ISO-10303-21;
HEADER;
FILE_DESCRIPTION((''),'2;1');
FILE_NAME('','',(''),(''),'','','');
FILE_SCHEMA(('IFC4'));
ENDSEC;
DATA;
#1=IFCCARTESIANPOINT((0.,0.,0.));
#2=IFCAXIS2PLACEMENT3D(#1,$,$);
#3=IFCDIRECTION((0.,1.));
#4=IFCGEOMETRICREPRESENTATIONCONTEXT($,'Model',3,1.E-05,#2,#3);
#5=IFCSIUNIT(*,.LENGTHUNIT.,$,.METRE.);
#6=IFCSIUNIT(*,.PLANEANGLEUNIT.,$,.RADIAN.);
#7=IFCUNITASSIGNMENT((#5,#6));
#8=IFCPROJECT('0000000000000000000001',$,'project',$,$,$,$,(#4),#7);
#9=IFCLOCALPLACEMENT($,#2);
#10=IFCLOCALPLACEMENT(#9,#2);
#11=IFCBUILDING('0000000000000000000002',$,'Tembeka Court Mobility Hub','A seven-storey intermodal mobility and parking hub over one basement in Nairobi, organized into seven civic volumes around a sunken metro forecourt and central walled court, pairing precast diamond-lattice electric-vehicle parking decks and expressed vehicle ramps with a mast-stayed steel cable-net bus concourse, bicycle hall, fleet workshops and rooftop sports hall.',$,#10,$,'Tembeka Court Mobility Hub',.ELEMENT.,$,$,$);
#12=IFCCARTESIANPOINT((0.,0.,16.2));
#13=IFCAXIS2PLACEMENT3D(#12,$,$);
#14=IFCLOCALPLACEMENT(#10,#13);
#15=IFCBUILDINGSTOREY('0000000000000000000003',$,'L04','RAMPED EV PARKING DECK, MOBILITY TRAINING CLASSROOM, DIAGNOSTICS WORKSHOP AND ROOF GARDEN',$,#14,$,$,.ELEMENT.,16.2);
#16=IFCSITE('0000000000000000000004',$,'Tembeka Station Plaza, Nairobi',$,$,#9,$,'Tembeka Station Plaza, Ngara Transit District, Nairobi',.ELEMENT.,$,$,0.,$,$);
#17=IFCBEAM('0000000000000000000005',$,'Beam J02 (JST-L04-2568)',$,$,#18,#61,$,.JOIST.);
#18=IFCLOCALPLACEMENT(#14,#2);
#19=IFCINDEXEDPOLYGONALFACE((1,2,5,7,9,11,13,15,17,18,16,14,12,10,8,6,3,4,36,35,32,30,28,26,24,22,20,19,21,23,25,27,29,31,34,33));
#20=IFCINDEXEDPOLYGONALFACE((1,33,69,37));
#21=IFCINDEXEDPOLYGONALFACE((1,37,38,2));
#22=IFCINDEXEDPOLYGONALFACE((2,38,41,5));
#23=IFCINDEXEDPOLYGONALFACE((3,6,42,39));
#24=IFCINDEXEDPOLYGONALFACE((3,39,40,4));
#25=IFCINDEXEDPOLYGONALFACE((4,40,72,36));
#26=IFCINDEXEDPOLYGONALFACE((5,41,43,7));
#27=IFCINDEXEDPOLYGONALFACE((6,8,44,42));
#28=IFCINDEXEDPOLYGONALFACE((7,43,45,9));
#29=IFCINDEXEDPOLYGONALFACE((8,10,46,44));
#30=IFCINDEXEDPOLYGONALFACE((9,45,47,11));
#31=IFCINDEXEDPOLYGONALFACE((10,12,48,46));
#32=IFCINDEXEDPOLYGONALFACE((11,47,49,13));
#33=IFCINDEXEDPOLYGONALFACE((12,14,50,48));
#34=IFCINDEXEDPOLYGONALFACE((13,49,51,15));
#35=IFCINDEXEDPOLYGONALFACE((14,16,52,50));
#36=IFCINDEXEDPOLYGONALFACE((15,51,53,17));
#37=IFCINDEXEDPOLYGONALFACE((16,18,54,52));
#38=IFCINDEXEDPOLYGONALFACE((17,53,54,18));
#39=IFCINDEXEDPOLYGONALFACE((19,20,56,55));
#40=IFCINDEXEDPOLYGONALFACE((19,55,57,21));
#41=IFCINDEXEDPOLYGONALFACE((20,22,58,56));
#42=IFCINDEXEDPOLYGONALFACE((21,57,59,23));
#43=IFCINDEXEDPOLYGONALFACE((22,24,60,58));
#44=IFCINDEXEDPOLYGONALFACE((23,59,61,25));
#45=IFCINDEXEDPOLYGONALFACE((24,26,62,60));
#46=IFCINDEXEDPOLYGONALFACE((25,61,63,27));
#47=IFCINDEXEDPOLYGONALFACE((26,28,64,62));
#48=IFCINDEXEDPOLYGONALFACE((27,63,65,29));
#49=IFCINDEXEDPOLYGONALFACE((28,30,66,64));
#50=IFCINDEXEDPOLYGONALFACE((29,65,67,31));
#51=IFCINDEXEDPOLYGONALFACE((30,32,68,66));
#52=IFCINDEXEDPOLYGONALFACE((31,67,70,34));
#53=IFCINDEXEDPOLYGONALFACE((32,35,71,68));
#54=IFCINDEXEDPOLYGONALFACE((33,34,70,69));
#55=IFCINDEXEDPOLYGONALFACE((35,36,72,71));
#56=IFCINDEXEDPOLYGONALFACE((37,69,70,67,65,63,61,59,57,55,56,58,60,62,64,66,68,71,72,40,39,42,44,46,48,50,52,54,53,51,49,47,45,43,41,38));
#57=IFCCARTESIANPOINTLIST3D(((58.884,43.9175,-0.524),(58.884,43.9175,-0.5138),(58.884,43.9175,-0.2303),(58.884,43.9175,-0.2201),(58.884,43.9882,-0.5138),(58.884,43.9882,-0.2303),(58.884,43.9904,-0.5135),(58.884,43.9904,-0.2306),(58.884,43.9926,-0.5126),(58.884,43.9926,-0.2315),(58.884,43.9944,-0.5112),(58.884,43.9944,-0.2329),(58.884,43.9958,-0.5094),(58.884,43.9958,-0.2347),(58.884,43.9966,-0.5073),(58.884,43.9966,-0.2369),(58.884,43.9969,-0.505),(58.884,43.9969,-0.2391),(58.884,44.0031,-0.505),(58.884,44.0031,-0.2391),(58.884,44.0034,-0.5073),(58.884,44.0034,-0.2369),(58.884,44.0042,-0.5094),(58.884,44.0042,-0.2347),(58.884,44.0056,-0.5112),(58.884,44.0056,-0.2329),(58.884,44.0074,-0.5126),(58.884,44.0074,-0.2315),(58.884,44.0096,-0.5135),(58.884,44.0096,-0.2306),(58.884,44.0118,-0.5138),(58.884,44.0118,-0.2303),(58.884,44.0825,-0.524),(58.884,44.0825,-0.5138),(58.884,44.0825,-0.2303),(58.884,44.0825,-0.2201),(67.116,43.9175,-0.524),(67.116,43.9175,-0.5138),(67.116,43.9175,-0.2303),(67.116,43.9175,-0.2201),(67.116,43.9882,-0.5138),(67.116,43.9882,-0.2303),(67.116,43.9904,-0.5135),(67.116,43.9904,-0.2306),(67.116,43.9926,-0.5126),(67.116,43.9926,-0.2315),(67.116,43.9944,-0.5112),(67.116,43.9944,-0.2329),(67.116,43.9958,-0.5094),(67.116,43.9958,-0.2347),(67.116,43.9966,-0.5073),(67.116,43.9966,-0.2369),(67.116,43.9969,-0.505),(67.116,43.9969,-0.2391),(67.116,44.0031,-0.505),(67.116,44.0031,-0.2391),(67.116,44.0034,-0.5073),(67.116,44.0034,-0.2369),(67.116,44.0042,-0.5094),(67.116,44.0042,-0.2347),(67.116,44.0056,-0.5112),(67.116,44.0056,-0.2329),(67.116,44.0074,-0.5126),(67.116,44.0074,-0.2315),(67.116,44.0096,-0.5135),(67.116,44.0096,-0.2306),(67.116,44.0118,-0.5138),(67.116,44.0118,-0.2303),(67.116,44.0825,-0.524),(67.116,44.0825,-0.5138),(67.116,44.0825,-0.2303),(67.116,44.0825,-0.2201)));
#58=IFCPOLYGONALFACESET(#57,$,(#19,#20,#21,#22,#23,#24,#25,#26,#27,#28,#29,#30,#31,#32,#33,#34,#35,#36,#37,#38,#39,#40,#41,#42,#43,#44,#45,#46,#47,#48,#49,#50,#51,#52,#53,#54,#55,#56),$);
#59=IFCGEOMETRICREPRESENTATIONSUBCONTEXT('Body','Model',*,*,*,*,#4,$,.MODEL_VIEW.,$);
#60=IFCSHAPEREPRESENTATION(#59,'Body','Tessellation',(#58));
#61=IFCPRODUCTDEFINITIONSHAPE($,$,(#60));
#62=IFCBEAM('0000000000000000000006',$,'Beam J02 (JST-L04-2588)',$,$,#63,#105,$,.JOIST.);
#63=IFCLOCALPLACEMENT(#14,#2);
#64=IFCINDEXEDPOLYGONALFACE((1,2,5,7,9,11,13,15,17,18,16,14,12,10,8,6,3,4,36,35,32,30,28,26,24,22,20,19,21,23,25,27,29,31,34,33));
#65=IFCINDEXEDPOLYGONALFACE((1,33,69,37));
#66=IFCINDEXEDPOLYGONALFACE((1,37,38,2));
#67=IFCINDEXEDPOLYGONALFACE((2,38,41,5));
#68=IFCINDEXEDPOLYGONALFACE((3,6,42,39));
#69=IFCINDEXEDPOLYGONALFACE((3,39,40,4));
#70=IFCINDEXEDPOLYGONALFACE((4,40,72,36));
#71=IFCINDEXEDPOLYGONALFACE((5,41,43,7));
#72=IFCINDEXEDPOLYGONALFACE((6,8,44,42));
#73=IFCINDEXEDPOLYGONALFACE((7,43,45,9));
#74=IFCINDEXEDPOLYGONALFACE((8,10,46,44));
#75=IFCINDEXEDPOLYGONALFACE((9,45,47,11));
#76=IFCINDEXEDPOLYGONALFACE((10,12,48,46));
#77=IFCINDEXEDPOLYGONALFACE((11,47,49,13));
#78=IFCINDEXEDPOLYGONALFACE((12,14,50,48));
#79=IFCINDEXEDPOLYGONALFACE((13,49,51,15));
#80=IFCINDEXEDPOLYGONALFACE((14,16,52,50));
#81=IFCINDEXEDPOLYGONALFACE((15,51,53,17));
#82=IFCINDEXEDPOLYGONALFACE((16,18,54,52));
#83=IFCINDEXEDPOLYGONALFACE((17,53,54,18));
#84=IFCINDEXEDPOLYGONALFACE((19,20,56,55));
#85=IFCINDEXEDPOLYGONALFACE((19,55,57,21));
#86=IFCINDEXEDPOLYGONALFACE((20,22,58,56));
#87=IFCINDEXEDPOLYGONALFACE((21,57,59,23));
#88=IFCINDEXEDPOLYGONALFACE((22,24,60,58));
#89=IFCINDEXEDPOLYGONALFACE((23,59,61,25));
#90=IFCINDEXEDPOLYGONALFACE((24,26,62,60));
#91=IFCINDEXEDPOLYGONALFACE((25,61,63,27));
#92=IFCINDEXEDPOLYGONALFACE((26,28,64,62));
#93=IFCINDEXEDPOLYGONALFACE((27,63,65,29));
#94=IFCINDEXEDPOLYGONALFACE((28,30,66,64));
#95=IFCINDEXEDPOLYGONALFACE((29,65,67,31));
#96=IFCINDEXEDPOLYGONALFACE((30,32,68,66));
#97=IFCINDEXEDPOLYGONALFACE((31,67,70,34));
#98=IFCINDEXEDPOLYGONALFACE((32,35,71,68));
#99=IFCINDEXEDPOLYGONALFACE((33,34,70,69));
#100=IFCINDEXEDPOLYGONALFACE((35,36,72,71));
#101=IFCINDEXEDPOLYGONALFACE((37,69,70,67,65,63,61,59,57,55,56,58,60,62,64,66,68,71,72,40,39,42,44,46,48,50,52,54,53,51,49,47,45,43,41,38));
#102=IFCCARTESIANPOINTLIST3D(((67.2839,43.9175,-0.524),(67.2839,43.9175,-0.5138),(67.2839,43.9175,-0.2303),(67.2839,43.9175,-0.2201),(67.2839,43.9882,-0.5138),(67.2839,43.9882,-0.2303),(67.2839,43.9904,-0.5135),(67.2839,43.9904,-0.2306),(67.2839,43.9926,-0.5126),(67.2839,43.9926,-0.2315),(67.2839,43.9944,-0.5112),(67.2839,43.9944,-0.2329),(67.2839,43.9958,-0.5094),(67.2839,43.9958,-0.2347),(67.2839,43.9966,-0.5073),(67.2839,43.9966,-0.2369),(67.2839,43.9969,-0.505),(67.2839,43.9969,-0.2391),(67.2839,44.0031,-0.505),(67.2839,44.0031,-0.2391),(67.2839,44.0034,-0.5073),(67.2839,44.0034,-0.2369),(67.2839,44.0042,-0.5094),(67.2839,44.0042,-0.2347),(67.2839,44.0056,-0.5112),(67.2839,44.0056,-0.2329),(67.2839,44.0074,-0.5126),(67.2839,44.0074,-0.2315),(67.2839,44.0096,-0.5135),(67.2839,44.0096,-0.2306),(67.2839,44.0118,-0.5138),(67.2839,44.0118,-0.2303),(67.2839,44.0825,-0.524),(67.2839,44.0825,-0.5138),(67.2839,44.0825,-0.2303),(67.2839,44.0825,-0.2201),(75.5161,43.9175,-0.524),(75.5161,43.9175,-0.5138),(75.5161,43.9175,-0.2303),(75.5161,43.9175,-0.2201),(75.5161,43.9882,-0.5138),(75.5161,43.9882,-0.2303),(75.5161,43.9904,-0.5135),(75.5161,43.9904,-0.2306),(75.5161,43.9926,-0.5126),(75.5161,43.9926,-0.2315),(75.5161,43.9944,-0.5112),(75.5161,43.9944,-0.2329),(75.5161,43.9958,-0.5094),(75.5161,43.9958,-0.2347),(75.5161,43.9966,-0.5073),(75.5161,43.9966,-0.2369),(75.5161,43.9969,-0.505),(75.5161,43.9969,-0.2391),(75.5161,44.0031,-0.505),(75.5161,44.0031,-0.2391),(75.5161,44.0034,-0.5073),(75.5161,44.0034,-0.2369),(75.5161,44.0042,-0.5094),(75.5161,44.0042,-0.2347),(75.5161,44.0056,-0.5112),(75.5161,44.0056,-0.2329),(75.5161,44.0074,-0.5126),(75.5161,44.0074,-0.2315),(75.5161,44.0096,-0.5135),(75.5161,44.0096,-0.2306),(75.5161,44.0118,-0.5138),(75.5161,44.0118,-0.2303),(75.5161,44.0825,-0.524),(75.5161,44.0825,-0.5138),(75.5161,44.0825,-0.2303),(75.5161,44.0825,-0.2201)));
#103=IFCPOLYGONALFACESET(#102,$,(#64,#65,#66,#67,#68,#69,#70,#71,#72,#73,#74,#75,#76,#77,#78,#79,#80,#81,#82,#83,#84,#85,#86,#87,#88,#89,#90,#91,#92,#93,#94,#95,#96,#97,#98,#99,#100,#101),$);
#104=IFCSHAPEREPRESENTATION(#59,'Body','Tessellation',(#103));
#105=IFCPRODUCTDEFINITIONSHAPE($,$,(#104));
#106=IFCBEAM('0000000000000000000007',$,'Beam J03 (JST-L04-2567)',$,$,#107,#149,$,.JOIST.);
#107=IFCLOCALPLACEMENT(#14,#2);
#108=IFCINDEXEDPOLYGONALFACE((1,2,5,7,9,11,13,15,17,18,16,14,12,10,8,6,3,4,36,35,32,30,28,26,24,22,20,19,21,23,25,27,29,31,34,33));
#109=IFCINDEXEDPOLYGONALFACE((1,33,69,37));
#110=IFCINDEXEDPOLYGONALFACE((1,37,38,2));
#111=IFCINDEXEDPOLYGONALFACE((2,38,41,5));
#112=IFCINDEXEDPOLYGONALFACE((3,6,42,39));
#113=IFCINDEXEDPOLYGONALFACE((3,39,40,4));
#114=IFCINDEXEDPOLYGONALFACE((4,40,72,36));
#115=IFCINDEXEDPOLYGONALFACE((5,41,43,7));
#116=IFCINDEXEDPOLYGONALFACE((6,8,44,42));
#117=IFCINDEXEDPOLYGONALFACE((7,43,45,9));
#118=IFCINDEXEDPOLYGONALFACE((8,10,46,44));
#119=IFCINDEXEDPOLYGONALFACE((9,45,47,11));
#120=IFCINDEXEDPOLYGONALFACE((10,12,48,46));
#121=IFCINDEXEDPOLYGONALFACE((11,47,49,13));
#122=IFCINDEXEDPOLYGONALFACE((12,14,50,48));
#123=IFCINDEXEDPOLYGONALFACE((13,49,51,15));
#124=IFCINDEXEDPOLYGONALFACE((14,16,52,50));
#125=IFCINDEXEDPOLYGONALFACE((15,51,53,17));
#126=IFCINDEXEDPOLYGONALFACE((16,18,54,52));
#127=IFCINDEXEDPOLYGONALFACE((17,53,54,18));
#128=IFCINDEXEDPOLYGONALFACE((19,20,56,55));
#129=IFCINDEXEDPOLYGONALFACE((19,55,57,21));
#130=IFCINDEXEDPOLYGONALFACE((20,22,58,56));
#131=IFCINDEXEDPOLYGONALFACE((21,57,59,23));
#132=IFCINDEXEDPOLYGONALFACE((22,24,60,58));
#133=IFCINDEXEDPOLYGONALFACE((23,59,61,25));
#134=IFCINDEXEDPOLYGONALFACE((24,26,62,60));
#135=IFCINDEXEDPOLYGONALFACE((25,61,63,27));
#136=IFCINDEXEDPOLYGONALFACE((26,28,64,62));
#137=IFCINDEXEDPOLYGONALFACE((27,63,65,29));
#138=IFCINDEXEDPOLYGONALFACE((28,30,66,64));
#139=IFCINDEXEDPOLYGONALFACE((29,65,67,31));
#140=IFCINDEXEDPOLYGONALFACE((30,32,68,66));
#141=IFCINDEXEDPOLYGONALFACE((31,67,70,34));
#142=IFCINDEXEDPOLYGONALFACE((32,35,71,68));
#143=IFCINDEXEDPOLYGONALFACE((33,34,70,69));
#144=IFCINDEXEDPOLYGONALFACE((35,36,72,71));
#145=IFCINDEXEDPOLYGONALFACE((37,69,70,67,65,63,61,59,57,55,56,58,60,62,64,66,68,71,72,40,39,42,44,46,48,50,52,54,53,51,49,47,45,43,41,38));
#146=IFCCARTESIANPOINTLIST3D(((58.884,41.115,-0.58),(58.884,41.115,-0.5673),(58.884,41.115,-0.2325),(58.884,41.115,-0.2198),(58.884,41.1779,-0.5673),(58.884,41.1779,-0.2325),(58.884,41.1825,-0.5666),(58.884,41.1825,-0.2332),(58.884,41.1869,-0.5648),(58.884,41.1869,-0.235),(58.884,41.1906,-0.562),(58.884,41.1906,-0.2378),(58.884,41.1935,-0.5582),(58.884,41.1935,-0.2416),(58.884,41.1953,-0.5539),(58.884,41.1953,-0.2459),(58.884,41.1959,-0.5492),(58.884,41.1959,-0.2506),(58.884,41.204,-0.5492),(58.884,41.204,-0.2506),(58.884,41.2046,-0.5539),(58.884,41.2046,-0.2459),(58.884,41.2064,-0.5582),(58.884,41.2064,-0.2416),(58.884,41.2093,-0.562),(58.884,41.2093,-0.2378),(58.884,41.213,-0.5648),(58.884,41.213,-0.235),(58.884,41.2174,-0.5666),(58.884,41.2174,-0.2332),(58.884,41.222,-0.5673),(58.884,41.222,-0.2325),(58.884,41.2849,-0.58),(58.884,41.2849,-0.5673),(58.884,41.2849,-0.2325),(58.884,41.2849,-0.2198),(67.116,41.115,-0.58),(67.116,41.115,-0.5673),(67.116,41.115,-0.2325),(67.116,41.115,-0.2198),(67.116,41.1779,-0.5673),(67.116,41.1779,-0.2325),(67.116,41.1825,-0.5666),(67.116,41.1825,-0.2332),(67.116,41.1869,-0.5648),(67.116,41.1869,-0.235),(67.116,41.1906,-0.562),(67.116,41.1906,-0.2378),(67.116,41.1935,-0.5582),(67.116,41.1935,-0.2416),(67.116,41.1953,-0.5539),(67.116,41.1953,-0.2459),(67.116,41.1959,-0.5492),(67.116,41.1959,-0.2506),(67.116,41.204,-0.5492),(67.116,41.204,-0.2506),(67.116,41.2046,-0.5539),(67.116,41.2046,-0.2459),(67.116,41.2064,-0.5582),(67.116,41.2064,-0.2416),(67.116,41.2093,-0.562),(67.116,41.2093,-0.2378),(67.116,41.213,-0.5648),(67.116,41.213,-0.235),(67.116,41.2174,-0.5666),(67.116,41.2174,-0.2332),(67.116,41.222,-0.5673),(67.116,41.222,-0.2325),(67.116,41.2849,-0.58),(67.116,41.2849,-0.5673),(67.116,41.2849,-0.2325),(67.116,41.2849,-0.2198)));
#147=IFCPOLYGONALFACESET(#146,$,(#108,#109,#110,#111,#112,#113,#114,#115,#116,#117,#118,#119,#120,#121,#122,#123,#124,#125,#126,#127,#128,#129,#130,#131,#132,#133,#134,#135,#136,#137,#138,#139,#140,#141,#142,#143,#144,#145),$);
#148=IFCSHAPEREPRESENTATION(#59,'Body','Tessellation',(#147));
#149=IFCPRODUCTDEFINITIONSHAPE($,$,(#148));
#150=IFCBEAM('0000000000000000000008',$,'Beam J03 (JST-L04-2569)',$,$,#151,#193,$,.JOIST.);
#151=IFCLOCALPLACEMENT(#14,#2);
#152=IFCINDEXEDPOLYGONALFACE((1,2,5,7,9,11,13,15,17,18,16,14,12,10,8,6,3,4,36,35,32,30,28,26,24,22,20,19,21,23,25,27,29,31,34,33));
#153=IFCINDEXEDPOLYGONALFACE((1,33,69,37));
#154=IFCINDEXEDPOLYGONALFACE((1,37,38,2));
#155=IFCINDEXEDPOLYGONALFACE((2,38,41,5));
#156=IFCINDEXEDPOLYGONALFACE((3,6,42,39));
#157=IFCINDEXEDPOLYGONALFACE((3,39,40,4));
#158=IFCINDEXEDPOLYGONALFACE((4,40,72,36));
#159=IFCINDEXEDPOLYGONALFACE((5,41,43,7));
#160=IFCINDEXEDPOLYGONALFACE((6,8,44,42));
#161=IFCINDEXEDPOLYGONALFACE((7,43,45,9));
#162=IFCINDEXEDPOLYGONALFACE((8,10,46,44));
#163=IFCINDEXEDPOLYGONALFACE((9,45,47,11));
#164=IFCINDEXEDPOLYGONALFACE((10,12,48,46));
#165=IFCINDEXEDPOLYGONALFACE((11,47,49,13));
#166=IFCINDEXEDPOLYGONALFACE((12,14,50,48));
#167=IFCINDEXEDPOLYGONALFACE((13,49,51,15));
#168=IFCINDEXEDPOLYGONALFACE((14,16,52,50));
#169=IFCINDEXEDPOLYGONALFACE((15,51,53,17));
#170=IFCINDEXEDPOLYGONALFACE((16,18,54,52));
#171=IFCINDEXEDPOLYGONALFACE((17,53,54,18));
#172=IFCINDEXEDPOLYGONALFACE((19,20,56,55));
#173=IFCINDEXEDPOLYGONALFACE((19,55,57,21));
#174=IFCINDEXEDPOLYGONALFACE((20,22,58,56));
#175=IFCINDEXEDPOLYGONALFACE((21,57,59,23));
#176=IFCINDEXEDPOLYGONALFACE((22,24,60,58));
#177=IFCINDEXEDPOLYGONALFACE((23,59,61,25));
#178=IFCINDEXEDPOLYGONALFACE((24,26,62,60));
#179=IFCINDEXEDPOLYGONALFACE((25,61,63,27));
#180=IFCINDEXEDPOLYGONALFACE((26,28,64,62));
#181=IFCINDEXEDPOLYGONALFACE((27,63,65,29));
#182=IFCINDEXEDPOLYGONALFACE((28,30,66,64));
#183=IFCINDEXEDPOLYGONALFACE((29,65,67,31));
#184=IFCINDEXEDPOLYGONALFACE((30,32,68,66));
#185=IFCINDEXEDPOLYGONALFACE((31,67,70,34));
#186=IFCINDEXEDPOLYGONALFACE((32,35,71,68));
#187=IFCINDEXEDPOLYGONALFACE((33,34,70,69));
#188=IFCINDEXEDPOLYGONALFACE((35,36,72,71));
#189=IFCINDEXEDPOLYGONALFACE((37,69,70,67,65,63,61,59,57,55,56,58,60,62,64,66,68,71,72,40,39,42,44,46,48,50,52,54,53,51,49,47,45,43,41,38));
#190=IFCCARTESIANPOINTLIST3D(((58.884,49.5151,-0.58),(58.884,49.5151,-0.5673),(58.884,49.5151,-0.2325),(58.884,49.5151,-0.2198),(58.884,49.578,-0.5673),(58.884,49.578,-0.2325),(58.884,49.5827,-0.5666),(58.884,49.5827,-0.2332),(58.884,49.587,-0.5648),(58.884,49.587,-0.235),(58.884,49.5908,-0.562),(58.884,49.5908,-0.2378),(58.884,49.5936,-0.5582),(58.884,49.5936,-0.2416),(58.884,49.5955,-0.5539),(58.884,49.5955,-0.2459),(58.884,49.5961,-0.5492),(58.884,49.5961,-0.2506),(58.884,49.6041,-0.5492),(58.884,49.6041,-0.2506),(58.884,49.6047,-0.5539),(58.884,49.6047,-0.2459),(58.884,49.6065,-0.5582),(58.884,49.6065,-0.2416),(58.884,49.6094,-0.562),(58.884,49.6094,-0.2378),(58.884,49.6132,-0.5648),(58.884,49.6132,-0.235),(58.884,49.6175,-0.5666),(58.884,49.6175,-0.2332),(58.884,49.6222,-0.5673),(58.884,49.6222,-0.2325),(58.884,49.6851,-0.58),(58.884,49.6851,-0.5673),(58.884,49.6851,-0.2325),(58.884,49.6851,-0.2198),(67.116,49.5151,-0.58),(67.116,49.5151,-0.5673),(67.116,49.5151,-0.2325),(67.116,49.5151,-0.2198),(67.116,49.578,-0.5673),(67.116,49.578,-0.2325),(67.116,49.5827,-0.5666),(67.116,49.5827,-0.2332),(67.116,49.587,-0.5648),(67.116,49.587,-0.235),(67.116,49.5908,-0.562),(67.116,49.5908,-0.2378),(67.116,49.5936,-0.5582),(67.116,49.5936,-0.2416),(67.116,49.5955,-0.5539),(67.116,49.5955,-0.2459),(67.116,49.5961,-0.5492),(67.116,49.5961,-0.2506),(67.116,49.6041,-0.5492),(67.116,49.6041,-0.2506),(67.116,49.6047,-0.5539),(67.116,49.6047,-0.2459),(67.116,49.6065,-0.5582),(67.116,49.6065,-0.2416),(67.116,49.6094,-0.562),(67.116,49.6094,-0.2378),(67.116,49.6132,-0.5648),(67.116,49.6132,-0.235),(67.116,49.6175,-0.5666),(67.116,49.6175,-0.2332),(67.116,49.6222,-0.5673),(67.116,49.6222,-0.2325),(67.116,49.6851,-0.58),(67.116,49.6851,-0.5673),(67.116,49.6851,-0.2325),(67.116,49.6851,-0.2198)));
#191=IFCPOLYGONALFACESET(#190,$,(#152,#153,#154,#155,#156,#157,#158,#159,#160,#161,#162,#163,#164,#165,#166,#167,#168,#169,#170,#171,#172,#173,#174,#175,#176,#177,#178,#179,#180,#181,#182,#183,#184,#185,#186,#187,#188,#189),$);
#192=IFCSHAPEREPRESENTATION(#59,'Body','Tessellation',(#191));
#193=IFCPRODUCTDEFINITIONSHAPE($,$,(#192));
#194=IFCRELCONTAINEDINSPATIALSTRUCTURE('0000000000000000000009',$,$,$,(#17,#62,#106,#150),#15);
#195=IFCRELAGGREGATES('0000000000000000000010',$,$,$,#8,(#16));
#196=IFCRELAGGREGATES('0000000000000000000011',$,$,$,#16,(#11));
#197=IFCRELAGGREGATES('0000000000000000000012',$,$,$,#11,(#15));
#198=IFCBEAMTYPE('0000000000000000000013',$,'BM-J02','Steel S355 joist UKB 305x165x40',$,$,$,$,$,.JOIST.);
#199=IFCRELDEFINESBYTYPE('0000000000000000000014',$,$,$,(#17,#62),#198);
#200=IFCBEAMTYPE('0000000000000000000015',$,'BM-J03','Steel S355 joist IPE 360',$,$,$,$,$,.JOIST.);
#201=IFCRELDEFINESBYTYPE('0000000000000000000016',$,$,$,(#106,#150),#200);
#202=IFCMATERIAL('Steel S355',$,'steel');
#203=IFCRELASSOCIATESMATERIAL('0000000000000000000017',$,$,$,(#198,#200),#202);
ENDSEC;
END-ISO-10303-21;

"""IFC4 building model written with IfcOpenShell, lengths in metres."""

from ifc_helpers import new_model, si_unit, direction, frame, origin, origin_2d, place, context, subcontext, project, spatial, i_section, extrude, material, material_profile, profile_set, type_object, element, save


model = new_model("IFC4")

# Units and contexts
model_context = context("Model", 3, precision=1e-05, world=origin(), true_north=direction((0.0, 1.0)))
body_context = subcontext(model_context, "Body", "Model", "MODEL_VIEW")
ifc_project = project(units=[si_unit("LENGTHUNIT", "METRE"), si_unit("PLANEANGLEUNIT", "RADIAN")], contexts=[model_context])

# Site, building, storey
site_placement = place(None, origin())
site = spatial("IfcSite", under=ifc_project, at=site_placement, Name="Tembeka Station Plaza, Nairobi", LongName="Tembeka Station Plaza, Ngara Transit District, Nairobi", CompositionType="ELEMENT", RefElevation=0.0)
building_placement = place(site_placement, origin())
building = spatial("IfcBuilding", under=site, at=building_placement, Name="Tembeka Court Mobility Hub", Description="A seven-storey intermodal mobility and parking hub over one basement in Nairobi, organized into seven civic volumes around a sunken metro forecourt and central walled court, pairing precast diamond-lattice electric-vehicle parking decks and expressed vehicle ramps with a mast-stayed steel cable-net bus concourse, bicycle hall, fleet workshops and rooftop sports hall.", LongName="Tembeka Court Mobility Hub", CompositionType="ELEMENT")
storey_placement = place(building_placement, frame((0.0, 0.0, 16.2)))
storey = spatial("IfcBuildingStorey", under=building, at=storey_placement, Name="L04", Description="RAMPED EV PARKING DECK, MOBILITY TRAINING CLASSROOM, DIAGNOSTICS WORKSHOP AND ROOF GARDEN", CompositionType="ELEMENT", Elevation=16.2)

# Shared definitions
ifc_material_1 = material(Name="Steel S355", Category="steel")

# Beams
ifc_material_profile_1 = material_profile(ifc_material_1, i_section(OverallWidth=0.165, OverallDepth=0.304, WebThickness=0.0061, FlangeThickness=0.0103, FilletRadius=0.0088, at=origin_2d()), Name="UKB 305x165x40")
ifc_profile_set_1 = profile_set([ifc_material_profile_1], Name="Steel S355")
beam_type_1 = type_object("IfcBeamType", Name="BM-J02", Description="Steel S355 joist UKB 305x165x40", PredefinedType="JOIST", material=ifc_profile_set_1)
beam_1_placement = place(storey_placement, frame((58.884, 44.0, -0.3721), z_axis=(1.0, 0.0, 0.0), x_axis=(0.0, 1.0, 0.0)))
element("IfcBeam", 1, at=beam_1_placement, inside=storey, type_object=beam_type_1, Name="Beam J02 (JST-L04-2568)", PredefinedType="JOIST", context=body_context, shape_type="SweptSolid", body=[
    extrude(i_section(OverallWidth=0.165, OverallDepth=0.304, WebThickness=0.0061, FlangeThickness=0.0103, FilletRadius=0.0088, at=origin_2d()), origin(), (0.0, 0.0, 1.0), 8.2319),
])
beam_2_placement = place(storey_placement, frame((67.2839, 44.0, -0.3721), z_axis=(1.0, 0.0, 0.0), x_axis=(0.0, 1.0, 0.0)))
element("IfcBeam", 2, at=beam_2_placement, inside=storey, type_object=beam_type_1, Name="Beam J02 (JST-L04-2588)", PredefinedType="JOIST", context=body_context, shape_type="SweptSolid", body=[
    extrude(i_section(OverallWidth=0.165, OverallDepth=0.304, WebThickness=0.0061, FlangeThickness=0.0103, FilletRadius=0.0088, at=origin_2d()), origin(), (0.0, 0.0, 1.0), 8.2322),
])
ifc_material_profile_2 = material_profile(ifc_material_1, i_section(OverallWidth=0.1699, OverallDepth=0.3601, WebThickness=0.0081, FlangeThickness=0.0127, FilletRadius=0.0181, at=origin_2d()), Name="IPE 360")
ifc_profile_set_2 = profile_set([ifc_material_profile_2], Name="Steel S355")
beam_type_2 = type_object("IfcBeamType", Name="BM-J03", Description="Steel S355 joist IPE 360", PredefinedType="JOIST", material=ifc_profile_set_2)
for number, where, z_axis, x_axis, name in (
    (3, (58.884, 41.2, -0.3999), (1.0, 0.0, 0.0), (0.0, 1.0, 0.0), "Beam J03 (JST-L04-2567)"),
    (4, (58.884, 49.6001, -0.3999), (1.0, 0.0, 0.0), (0.0, 1.0, 0.0), "Beam J03 (JST-L04-2569)"),
):
    element("IfcBeam", number, at=place(storey_placement, frame(where, z_axis=z_axis, x_axis=x_axis)), inside=storey, type_object=beam_type_2, Name=name, PredefinedType="JOIST", context=body_context, shape_type="SweptSolid", body=[
        extrude(i_section(OverallWidth=0.1699, OverallDepth=0.3601, WebThickness=0.0081, FlangeThickness=0.0127, FilletRadius=0.0181, at=origin_2d()), origin(), (0.0, 0.0, 1.0), 8.2319),
    ])

save(model, "model.ifc")
